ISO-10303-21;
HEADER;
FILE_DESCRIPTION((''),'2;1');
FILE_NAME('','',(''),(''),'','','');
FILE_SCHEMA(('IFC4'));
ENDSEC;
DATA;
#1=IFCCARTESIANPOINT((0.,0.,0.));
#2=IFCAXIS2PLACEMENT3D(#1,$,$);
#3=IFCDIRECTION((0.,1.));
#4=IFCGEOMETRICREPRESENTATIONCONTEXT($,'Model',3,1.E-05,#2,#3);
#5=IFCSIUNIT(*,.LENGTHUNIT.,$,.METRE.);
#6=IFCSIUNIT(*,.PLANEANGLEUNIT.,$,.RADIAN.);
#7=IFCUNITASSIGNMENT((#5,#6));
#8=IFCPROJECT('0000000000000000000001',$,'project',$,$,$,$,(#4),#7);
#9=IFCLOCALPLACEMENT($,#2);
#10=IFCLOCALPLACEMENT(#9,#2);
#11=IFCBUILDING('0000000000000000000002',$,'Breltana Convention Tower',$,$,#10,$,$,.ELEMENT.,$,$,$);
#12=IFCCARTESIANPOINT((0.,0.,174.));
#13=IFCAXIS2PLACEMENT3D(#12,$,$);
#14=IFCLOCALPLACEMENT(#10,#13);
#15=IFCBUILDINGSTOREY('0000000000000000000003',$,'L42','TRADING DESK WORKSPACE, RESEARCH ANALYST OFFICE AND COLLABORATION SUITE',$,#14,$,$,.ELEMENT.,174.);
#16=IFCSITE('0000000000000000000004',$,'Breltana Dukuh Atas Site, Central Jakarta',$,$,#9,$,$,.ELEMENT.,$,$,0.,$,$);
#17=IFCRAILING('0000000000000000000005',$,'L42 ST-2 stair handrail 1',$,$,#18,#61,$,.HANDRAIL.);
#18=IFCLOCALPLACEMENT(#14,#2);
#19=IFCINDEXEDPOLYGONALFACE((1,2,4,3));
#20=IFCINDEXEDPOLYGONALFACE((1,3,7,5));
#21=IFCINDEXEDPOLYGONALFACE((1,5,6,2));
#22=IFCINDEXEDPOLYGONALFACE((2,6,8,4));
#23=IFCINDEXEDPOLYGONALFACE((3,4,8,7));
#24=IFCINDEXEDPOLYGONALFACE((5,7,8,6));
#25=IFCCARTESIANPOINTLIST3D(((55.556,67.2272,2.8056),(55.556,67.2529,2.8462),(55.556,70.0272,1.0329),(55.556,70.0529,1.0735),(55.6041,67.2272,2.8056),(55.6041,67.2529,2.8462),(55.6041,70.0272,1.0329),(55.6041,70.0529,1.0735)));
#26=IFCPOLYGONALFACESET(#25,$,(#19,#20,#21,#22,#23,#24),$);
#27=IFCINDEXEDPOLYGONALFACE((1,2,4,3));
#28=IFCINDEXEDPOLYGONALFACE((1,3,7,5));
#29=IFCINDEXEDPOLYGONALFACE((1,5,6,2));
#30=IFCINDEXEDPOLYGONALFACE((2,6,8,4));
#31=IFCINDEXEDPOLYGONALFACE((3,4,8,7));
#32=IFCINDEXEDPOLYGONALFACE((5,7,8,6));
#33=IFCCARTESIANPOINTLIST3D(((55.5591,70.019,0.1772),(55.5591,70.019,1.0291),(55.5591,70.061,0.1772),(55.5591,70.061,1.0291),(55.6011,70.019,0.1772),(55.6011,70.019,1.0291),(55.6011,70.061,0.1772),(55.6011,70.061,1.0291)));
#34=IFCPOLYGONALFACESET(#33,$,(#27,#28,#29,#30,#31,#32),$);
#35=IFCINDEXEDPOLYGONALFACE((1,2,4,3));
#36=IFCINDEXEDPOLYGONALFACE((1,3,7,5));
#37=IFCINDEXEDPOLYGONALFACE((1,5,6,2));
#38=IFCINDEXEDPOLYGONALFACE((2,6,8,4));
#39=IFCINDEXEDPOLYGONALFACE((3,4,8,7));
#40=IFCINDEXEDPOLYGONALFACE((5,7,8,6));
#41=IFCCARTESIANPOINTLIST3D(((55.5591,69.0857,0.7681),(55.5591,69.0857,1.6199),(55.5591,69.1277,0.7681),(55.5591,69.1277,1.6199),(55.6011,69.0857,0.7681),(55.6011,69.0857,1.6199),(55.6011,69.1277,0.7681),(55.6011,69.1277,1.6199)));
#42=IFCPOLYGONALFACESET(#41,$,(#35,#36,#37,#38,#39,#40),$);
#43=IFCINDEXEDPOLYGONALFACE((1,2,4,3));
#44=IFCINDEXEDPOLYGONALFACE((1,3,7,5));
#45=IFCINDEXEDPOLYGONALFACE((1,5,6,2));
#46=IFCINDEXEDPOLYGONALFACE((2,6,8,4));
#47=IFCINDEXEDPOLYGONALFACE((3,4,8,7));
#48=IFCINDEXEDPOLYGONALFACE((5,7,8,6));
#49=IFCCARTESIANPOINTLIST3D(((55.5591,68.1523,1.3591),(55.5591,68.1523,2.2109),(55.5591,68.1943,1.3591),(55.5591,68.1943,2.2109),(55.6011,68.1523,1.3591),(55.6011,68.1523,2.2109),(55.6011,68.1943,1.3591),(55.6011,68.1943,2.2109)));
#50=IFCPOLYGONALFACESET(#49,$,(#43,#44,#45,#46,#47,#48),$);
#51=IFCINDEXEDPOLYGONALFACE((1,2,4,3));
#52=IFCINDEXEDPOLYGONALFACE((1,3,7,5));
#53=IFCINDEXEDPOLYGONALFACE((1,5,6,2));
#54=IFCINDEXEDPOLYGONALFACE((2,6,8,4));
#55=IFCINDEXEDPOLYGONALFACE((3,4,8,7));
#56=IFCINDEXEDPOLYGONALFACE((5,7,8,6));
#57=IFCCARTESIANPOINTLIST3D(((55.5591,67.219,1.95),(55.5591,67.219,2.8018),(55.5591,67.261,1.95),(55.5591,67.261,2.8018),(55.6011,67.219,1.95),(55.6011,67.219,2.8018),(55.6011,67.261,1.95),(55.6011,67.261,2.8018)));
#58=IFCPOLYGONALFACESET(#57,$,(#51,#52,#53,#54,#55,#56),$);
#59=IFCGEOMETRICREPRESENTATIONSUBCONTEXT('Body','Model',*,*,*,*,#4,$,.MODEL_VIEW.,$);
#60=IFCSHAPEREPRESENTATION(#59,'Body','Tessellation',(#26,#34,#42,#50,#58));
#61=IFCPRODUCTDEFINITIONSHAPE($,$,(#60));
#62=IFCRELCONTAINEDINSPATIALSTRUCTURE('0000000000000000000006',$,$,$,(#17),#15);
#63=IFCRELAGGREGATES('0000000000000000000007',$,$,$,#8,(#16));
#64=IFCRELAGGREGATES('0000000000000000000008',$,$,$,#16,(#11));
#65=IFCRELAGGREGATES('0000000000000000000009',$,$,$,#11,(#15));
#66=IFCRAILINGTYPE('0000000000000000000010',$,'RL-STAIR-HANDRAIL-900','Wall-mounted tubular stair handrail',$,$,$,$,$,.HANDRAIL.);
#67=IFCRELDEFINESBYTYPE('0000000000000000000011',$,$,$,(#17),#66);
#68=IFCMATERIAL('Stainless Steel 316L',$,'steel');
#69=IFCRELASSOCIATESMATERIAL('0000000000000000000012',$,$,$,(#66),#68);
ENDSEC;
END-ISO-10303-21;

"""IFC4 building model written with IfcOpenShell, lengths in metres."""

from ifc_helpers import new_model, si_unit, direction, frame, origin, origin_2d, place, context, subcontext, project, spatial, rectangle, extrude, material, type_object, element, save


model = new_model("IFC4")

# Units and contexts
model_context = context("Model", 3, precision=1e-05, world=origin(), true_north=direction((0.0, 1.0)))
body_context = subcontext(model_context, "Body", "Model", "MODEL_VIEW")
ifc_project = project(units=[si_unit("LENGTHUNIT", "METRE"), si_unit("PLANEANGLEUNIT", "RADIAN")], contexts=[model_context])

# Site, building, storey
site_placement = place(None, origin())
site = spatial("IfcSite", under=ifc_project, at=site_placement, Name="Breltana Dukuh Atas Site, Central Jakarta", CompositionType="ELEMENT", RefElevation=0.0)
building_placement = place(site_placement, origin())
building = spatial("IfcBuilding", under=site, at=building_placement, Name="Breltana Convention Tower", CompositionType="ELEMENT")
storey_placement = place(building_placement, frame((0.0, 0.0, 174.0)))
storey = spatial("IfcBuildingStorey", under=building, at=storey_placement, Name="L42", Description="TRADING DESK WORKSPACE, RESEARCH ANALYST OFFICE AND COLLABORATION SUITE", CompositionType="ELEMENT", Elevation=174.0)

# Railing
ifc_material_1 = material(Name="Stainless Steel 316L", Category="steel")
railing_type_1 = type_object("IfcRailingType", Name="RL-STAIR-HANDRAIL-900", Description="Wall-mounted tubular stair handrail", PredefinedType="HANDRAIL", material=ifc_material_1)
railing_1_placement = place(storey_placement, frame((55.5801, 70.04, 0.1772)))
element("IfcRailing", 1, at=railing_1_placement, inside=storey, type_object=railing_type_1, Name="L42 ST-2 stair handrail 1", PredefinedType="HANDRAIL", context=body_context, shape_type="SweptSolid", body=[
    extrude(rectangle(XDim=0.0481, YDim=0.0481, at=origin_2d()), frame((0.0, 0.0, 0.876), z_axis=(0.0, -0.844909, 0.53491), x_axis=(1.0, 0.0, 0.0)), (0.0, 0.0, 1.0), 3.314),
    extrude(rectangle(XDim=0.042, YDim=0.042, at=origin_2d()), origin(), (0.0, 0.0, 1.0), 0.8518),
    extrude(rectangle(XDim=0.042, YDim=0.042, at=origin_2d()), frame((0.0, -0.9333, 0.5908)), (0.0, 0.0, 1.0), 0.8518),
    extrude(rectangle(XDim=0.042, YDim=0.042, at=origin_2d()), frame((0.0, -1.8667, 1.1819)), (0.0, 0.0, 1.0), 0.8518),
    extrude(rectangle(XDim=0.042, YDim=0.042, at=origin_2d()), frame((0.0, -2.8, 1.7727)), (0.0, 0.0, 1.0), 0.8518),
])

save(model, "model.ifc")
